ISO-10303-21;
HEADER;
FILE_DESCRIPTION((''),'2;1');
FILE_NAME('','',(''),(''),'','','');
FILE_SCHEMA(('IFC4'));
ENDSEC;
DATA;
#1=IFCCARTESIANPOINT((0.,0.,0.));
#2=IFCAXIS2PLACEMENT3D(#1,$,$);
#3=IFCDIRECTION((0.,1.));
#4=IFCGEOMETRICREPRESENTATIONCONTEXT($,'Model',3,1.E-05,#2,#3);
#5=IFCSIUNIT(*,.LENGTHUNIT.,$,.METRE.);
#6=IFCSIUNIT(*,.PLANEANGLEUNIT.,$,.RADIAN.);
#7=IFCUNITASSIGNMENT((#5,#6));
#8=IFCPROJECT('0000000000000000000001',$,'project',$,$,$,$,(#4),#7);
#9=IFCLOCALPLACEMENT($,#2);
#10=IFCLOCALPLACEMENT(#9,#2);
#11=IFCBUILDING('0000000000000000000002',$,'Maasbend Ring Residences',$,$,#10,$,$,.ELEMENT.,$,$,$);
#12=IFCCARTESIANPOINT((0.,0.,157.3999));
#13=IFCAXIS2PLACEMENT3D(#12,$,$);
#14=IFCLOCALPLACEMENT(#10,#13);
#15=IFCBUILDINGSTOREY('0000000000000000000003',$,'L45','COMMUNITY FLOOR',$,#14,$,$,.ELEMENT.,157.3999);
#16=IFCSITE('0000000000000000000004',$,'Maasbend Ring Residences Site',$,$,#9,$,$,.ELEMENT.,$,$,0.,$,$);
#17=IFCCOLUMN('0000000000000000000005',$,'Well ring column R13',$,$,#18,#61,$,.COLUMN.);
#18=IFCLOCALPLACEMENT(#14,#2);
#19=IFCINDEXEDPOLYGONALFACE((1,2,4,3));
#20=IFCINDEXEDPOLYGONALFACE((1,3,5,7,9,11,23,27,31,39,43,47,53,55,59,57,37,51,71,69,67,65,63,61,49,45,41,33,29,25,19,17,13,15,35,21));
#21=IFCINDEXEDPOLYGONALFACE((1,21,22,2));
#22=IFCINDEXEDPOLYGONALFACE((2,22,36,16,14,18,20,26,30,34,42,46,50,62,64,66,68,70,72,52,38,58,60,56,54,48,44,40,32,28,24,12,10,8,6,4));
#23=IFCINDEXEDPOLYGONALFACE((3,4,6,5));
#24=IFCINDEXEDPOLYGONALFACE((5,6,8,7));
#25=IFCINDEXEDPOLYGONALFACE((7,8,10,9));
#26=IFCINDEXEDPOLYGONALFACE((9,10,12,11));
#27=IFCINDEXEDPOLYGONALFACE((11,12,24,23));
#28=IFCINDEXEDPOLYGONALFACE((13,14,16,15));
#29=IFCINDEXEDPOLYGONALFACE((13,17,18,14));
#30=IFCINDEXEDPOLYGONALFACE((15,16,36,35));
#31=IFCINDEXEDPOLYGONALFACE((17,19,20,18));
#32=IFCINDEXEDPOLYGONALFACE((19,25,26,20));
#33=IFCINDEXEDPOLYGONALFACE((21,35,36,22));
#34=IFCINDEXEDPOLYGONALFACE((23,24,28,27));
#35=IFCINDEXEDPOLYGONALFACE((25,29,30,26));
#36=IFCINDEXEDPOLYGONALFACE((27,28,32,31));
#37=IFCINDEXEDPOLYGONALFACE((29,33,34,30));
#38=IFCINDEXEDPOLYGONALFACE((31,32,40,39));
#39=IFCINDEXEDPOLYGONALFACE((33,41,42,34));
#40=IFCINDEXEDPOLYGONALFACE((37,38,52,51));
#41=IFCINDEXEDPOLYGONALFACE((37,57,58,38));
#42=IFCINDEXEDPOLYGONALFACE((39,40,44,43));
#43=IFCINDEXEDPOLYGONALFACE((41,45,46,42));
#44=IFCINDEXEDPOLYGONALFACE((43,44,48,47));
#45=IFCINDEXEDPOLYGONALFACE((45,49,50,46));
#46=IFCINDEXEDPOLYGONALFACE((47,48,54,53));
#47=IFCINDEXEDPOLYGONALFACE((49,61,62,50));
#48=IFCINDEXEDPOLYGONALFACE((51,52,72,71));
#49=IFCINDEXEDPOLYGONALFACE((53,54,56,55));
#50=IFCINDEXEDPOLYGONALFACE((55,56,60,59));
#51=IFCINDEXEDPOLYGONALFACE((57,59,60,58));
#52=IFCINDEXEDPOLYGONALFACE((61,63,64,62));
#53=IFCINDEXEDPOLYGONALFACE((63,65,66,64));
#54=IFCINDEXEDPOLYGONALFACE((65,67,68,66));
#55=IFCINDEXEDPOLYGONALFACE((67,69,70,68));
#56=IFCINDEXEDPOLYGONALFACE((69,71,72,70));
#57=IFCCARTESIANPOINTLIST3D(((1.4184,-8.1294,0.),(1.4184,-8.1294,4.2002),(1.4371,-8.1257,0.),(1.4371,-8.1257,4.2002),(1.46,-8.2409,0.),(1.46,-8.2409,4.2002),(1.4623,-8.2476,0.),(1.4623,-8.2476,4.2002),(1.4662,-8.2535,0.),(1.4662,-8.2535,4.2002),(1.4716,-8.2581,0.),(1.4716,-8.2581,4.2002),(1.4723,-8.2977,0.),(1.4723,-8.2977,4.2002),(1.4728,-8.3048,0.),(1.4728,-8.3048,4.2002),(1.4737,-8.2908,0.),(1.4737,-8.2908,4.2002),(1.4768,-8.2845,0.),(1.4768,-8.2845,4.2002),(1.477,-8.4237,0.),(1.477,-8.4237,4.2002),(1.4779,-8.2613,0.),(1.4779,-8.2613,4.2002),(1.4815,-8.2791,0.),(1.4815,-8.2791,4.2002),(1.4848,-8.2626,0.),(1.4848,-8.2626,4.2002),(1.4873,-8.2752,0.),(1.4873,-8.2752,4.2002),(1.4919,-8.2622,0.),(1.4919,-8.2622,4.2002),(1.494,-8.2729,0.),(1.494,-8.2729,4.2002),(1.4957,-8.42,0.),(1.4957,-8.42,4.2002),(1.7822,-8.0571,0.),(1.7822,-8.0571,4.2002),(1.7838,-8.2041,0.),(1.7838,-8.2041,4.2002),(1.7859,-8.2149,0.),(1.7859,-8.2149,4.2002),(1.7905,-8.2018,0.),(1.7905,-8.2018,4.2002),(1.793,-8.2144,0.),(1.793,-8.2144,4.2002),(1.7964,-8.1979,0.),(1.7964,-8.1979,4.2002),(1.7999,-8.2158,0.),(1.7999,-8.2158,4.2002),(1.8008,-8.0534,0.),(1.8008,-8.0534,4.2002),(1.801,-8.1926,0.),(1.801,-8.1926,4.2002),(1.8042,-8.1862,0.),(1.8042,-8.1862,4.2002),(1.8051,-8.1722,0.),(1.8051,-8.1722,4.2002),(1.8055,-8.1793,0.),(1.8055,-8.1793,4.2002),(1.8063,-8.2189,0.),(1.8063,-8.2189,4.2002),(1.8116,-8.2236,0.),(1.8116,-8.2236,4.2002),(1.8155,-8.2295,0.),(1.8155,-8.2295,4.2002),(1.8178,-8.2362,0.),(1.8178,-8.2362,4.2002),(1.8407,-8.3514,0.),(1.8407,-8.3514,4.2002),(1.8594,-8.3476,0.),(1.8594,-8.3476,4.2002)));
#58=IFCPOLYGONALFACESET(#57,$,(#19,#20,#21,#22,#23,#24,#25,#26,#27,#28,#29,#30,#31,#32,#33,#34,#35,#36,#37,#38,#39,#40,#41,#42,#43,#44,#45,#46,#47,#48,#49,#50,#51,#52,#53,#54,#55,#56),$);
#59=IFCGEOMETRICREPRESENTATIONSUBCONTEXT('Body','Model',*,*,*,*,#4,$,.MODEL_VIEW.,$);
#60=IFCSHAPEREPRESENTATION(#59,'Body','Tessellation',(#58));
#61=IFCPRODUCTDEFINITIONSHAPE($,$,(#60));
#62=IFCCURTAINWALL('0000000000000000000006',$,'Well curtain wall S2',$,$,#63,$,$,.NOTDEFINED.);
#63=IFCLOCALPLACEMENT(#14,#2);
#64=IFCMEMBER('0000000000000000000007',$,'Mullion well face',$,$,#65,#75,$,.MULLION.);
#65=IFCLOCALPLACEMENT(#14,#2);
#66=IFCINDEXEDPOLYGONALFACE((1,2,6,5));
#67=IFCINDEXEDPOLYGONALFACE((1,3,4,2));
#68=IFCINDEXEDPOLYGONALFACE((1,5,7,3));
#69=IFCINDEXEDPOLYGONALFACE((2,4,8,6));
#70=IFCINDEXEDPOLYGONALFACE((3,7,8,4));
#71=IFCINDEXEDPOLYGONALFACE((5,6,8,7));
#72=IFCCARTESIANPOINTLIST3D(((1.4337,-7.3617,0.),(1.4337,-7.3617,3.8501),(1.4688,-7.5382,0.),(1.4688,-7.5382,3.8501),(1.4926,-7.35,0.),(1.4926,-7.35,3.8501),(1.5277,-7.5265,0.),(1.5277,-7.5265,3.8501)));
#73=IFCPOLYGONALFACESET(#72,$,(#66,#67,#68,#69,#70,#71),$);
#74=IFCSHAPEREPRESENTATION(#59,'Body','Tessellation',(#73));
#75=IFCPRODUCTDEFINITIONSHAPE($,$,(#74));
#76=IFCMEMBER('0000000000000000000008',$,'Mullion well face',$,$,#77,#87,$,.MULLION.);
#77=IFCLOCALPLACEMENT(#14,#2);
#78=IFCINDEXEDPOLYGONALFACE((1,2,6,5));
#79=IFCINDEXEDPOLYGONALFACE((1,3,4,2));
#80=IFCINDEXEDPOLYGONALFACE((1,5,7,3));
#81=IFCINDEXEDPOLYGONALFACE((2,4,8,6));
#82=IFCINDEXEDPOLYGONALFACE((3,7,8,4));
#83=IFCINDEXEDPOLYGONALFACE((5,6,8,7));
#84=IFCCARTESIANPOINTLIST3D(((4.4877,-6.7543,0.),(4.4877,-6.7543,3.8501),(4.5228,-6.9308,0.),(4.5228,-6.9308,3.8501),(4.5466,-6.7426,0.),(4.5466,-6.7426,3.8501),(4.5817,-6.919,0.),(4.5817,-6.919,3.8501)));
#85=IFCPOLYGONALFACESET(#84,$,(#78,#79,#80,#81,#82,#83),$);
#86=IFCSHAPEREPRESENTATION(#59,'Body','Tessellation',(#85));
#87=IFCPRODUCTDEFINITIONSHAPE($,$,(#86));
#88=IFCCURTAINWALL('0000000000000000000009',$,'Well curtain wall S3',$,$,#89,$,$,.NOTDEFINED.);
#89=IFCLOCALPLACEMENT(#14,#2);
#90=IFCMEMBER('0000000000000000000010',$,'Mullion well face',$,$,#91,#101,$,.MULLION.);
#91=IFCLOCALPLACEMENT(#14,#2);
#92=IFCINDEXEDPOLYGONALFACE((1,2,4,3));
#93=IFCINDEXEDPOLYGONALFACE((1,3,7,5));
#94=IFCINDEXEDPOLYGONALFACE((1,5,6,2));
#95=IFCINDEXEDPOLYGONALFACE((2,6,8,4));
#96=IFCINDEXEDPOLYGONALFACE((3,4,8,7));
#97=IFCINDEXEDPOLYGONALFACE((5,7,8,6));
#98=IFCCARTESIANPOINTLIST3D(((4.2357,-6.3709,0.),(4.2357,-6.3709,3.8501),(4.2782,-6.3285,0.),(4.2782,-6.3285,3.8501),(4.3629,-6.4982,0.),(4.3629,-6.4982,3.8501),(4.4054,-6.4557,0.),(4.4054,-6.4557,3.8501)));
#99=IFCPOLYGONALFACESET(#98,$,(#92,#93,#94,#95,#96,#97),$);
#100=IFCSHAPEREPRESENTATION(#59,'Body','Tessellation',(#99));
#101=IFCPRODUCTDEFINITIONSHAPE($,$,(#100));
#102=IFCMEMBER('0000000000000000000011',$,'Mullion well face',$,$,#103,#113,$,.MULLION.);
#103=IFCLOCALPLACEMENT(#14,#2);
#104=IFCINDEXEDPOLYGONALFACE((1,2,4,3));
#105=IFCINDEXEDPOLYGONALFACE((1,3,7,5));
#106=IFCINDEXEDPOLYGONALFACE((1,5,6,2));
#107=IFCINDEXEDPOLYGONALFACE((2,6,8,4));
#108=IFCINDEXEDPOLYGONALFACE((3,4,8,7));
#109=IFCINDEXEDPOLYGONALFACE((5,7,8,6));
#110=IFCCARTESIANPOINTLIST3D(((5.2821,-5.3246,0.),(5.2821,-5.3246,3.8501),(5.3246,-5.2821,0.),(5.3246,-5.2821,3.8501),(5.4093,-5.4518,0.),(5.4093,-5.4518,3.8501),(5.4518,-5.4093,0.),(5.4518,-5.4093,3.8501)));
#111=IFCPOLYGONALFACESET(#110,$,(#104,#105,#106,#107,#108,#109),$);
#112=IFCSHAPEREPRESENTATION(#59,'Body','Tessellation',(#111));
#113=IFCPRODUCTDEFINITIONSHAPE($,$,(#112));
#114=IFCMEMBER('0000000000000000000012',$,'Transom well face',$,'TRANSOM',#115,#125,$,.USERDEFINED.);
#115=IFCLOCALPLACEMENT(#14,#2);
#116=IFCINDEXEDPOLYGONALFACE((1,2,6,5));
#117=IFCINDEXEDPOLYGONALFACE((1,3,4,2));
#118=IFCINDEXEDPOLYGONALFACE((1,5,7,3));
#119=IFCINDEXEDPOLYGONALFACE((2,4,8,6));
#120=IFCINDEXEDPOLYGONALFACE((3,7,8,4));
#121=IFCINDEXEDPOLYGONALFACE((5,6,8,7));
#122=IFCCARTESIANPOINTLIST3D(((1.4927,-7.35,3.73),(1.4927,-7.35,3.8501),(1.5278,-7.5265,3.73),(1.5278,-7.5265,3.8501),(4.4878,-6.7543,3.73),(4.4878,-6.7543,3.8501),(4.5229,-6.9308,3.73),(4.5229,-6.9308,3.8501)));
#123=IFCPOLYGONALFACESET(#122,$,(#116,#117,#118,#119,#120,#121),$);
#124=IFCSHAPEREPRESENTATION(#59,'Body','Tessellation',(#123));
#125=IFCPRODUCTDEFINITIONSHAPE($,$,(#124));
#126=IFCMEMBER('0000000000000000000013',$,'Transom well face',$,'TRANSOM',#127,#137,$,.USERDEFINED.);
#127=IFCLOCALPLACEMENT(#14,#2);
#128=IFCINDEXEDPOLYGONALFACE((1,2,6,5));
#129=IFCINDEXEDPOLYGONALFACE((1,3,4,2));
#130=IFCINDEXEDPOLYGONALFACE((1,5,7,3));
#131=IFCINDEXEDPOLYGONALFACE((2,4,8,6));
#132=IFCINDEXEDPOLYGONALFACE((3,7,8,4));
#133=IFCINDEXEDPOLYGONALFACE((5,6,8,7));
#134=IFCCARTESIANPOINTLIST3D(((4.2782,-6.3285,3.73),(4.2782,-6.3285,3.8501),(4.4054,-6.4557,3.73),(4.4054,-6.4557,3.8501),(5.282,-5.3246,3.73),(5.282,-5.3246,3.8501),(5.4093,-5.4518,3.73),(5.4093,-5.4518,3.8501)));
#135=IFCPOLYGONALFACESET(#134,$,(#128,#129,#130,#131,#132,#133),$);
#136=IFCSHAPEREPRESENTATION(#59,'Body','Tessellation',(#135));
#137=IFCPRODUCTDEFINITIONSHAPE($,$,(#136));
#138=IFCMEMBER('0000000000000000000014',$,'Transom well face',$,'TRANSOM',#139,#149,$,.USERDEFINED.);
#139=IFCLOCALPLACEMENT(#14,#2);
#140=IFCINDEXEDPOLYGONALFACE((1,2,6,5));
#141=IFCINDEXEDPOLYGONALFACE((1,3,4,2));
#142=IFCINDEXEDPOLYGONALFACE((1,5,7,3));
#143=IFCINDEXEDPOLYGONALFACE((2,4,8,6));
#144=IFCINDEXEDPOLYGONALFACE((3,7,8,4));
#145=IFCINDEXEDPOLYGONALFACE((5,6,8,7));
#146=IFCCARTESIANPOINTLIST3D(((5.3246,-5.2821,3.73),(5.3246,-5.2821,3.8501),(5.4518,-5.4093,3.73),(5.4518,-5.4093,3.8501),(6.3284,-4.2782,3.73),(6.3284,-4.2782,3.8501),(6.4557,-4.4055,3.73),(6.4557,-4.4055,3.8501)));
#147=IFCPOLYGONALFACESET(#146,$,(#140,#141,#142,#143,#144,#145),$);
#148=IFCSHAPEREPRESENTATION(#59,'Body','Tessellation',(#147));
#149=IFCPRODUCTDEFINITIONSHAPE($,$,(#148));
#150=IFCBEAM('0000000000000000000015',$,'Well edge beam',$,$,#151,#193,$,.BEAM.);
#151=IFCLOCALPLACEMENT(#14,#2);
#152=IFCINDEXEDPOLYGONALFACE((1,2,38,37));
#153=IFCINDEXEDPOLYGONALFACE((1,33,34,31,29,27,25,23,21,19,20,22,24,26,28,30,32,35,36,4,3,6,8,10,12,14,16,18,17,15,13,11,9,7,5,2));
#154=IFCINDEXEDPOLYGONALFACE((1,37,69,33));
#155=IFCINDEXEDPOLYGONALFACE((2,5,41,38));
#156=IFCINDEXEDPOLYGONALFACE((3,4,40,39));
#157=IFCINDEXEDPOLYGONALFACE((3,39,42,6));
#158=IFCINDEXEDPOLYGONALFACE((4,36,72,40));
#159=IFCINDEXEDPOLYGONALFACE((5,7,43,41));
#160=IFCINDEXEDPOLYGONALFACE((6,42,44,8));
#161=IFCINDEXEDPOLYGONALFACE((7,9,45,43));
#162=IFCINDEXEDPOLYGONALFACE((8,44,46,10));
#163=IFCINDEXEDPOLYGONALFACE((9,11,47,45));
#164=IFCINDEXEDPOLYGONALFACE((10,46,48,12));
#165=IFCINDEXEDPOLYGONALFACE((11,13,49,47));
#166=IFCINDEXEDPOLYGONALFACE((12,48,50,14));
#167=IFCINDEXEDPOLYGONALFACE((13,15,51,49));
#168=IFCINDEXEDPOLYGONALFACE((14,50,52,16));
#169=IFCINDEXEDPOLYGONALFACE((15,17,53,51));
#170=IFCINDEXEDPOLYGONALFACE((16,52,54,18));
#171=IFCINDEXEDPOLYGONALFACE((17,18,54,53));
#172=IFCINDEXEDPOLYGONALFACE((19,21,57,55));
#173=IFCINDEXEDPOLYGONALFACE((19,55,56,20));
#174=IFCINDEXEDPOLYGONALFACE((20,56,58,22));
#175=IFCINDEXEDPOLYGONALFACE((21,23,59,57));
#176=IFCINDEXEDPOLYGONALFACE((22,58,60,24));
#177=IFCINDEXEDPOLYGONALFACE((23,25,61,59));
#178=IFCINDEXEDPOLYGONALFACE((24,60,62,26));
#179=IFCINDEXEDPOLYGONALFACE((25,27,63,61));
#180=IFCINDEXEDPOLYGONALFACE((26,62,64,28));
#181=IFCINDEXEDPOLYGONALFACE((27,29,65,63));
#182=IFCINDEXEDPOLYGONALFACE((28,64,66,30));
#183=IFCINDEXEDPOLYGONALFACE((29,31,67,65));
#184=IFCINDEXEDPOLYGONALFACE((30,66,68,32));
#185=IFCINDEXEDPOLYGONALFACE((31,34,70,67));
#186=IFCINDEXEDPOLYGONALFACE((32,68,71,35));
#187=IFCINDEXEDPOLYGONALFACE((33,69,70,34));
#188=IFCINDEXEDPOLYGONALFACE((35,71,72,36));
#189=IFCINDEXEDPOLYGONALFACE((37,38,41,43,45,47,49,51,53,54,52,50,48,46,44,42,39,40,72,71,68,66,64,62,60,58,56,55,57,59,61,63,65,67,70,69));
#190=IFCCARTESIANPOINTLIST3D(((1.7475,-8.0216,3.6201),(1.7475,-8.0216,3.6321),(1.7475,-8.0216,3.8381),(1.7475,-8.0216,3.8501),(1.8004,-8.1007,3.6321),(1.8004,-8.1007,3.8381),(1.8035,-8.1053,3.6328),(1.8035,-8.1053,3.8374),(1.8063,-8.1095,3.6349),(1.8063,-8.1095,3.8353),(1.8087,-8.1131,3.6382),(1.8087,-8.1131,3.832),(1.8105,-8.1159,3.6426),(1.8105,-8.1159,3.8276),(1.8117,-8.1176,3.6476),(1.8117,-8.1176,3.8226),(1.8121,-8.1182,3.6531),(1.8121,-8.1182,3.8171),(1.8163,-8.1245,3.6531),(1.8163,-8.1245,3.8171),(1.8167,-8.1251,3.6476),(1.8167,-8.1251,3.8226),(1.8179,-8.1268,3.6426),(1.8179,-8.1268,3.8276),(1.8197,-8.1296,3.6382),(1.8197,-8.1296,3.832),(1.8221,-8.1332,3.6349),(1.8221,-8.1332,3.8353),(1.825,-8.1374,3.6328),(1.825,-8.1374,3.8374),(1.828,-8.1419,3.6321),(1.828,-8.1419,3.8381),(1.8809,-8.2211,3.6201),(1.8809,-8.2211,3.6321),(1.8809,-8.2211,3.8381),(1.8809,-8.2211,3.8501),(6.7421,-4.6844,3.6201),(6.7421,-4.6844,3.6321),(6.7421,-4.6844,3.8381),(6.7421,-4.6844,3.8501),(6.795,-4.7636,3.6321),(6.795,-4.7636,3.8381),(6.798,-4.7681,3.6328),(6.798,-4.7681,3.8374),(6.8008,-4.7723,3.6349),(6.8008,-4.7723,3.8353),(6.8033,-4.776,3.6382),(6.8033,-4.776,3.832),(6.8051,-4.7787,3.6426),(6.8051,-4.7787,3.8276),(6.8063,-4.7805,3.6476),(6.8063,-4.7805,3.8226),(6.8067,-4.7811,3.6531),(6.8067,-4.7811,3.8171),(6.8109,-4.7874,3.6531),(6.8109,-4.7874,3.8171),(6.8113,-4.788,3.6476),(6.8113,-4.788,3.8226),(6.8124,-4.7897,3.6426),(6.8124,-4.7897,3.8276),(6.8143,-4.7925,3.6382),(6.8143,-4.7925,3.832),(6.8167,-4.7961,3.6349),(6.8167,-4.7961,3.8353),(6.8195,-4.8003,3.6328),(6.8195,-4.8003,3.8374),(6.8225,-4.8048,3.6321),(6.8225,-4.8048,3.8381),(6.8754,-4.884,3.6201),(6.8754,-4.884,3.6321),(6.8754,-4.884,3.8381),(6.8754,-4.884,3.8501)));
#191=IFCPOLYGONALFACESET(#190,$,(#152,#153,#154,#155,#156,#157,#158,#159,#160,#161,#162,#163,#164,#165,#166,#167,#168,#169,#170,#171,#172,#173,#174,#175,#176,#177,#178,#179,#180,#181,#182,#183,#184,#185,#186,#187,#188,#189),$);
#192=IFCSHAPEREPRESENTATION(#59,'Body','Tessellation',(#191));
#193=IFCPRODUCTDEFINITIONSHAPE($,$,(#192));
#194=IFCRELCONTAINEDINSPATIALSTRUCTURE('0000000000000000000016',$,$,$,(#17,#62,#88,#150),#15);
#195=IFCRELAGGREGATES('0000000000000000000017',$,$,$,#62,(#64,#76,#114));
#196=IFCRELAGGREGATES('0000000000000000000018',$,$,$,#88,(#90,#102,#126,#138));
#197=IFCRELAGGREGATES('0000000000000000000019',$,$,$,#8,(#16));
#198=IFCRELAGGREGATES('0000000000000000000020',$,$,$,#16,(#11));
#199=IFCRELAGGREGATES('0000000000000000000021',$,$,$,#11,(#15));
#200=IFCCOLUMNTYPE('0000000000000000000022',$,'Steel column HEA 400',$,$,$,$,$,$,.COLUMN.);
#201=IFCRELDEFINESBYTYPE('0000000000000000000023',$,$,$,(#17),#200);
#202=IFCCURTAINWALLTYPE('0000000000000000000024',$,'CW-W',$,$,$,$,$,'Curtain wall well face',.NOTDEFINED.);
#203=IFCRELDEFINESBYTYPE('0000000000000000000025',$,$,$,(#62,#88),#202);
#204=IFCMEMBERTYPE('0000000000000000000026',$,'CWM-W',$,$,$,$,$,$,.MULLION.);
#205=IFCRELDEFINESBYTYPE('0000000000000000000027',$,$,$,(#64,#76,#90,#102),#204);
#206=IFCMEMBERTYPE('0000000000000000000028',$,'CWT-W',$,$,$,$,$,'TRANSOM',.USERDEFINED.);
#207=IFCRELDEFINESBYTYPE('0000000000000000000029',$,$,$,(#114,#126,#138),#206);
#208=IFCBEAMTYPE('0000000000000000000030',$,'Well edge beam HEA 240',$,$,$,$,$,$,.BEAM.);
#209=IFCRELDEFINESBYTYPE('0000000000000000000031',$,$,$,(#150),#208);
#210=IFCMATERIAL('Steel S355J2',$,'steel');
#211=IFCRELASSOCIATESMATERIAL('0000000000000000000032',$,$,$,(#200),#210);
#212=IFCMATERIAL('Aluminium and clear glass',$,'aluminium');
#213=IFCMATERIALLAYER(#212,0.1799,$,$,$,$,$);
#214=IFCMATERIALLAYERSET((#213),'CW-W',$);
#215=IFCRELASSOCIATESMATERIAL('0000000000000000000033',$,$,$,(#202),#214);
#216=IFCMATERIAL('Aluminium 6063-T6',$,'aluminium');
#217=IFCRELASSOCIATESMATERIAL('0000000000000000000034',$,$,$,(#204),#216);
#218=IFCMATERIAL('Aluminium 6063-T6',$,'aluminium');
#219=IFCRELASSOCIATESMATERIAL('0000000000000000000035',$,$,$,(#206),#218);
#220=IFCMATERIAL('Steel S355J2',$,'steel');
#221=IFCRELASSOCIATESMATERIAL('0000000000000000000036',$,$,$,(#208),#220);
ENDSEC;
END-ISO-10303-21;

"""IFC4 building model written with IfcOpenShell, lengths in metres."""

from ifc_helpers import new_model, si_unit, direction, frame, origin, origin_2d, place, context, subcontext, project, spatial, rectangle, i_section, extrude, material, layer, layer_set, material_profile, profile_set, type_object, element, aggregate, save


model = new_model("IFC4")

# Units and contexts
model_context = context("Model", 3, precision=1e-05, world=origin(), true_north=direction((0.0, 1.0)))
body_context = subcontext(model_context, "Body", "Model", "MODEL_VIEW")
ifc_project = project(units=[si_unit("LENGTHUNIT", "METRE"), si_unit("PLANEANGLEUNIT", "RADIAN")], contexts=[model_context])

# Site, building, storey
site_placement = place(None, origin())
site = spatial("IfcSite", under=ifc_project, at=site_placement, Name="Maasbend Ring Residences Site", CompositionType="ELEMENT", RefElevation=0.0)
building_placement = place(site_placement, origin())
building = spatial("IfcBuilding", under=site, at=building_placement, Name="Maasbend Ring Residences", CompositionType="ELEMENT")
storey_placement = place(building_placement, frame((0.0, 0.0, 157.3999)))
storey = spatial("IfcBuildingStorey", under=building, at=storey_placement, Name="L45", Description="COMMUNITY FLOOR", CompositionType="ELEMENT", Elevation=157.3999)

# Column
ifc_material_1 = material(Name="Steel S355J2", Category="steel")
ifc_material_profile_1 = material_profile(ifc_material_1, i_section(OverallWidth=0.3, OverallDepth=0.3899, WebThickness=0.011, FlangeThickness=0.019, FilletRadius=0.0271, at=origin_2d()), Name="HEA 400")
ifc_profile_set_1 = profile_set([ifc_material_profile_1], Name="Steel S355J2")
column_type = type_object("IfcColumnType", Name="Steel column HEA 400", PredefinedType="COLUMN", material=ifc_profile_set_1)
column_placement = place(storey_placement, frame((1.6389, -8.2385, 0.0), z_axis=(0.0, 0.0, 1.0), x_axis=(0.19509, -0.980785, 0.0)))
element("IfcColumn", 1, at=column_placement, inside=storey, type_object=column_type, Name="Well ring column R13", PredefinedType="COLUMN", context=body_context, shape_type="SweptSolid", body=[
    extrude(i_section(OverallWidth=0.3, OverallDepth=0.3899, WebThickness=0.011, FlangeThickness=0.019, FilletRadius=0.0271, at=origin_2d()), origin(), (0.0, 0.0, 1.0), 4.2002),
])

# Curtain walls, members
ifc_material_2 = material(Name="Aluminium and clear glass", Category="aluminium")
ifc_layer_1 = layer(ifc_material_2, 0.1799)
ifc_layer_set_1 = layer_set([ifc_layer_1], Name="CW-W")
curtain_wall_type = type_object("IfcCurtainWallType", Name="CW-W", ElementType="Curtain wall well face", PredefinedType="NOTDEFINED", material=ifc_layer_set_1)
curtain_wall_1_placement = place(storey_placement, origin())
curtain_wall_1 = element("IfcCurtainWall", 2, at=curtain_wall_1_placement, inside=storey, type_object=curtain_wall_type, Name="Well curtain wall S2", PredefinedType="NOTDEFINED")
ifc_material_3 = material(Name="Aluminium 6063-T6", Category="aluminium")
ifc_material_profile_2 = material_profile(ifc_material_3, rectangle(XDim=0.1799, YDim=0.0601, at=origin_2d()), Name="AL 180x60")
ifc_profile_set_2 = profile_set([ifc_material_profile_2], Name="Aluminium 6063-T6")
member_type_1 = type_object("IfcMemberType", Name="CWM-W", PredefinedType="MULLION", material=ifc_profile_set_2)
member_1_placement = place(storey_placement, frame((1.4807, -7.4441, 0.0), z_axis=(0.0, 0.0, 1.0), x_axis=(-0.19509, 0.980785, 0.0)))
member_1 = element("IfcMember", 3, at=member_1_placement, type_object=member_type_1, Name="Mullion well face", PredefinedType="MULLION", context=body_context, shape_type="SweptSolid", body=[
    extrude(rectangle(XDim=0.1799, YDim=0.0601, at=origin_2d()), origin(), (0.0, 0.0, 1.0), 3.8501),
])
member_2_placement = place(storey_placement, frame((4.5347, -6.8367, 0.0), z_axis=(0.0, 0.0, 1.0), x_axis=(-0.19509, 0.980785, 0.0)))
member_2 = element("IfcMember", 4, at=member_2_placement, type_object=member_type_1, Name="Mullion well face", PredefinedType="MULLION", context=body_context, shape_type="SweptSolid", body=[
    extrude(rectangle(XDim=0.1799, YDim=0.0601, at=origin_2d()), origin(), (0.0, 0.0, 1.0), 3.8501),
])
curtain_wall_2_placement = place(storey_placement, origin())
curtain_wall_2 = element("IfcCurtainWall", 5, at=curtain_wall_2_placement, inside=storey, type_object=curtain_wall_type, Name="Well curtain wall S3", PredefinedType="NOTDEFINED")
member_3_placement = place(storey_placement, frame((4.3206, -6.4133, 0.0), z_axis=(0.0, 0.0, 1.0), x_axis=(-0.707107, 0.707107, 0.0)))
member_3 = element("IfcMember", 6, at=member_3_placement, type_object=member_type_1, Name="Mullion well face", PredefinedType="MULLION", context=body_context, shape_type="SweptSolid", body=[
    extrude(rectangle(XDim=0.1799, YDim=0.0601, at=origin_2d()), origin(), (0.0, 0.0, 1.0), 3.8501),
])
member_4_placement = place(storey_placement, frame((5.3669, -5.3669, 0.0), z_axis=(0.0, 0.0, 1.0), x_axis=(-0.707107, 0.707107, 0.0)))
member_4 = element("IfcMember", 7, at=member_4_placement, type_object=member_type_1, Name="Mullion well face", PredefinedType="MULLION", context=body_context, shape_type="SweptSolid", body=[
    extrude(rectangle(XDim=0.1799, YDim=0.0601, at=origin_2d()), origin(), (0.0, 0.0, 1.0), 3.8501),
])

# Members
ifc_material_4 = material(Name="Aluminium 6063-T6", Category="aluminium")
ifc_material_profile_3 = material_profile(ifc_material_4, rectangle(XDim=0.1799, YDim=0.1201, at=origin_2d()), Name="AL 180x120")
ifc_profile_set_3 = profile_set([ifc_material_profile_3], Name="Aluminium 6063-T6")
member_type_2 = type_object("IfcMemberType", Name="CWT-W", ElementType="TRANSOM", PredefinedType="USERDEFINED", material=ifc_profile_set_3)
member_5_placement = place(storey_placement, frame((1.5103, -7.4382, 3.79), z_axis=(0.980789, 0.195071, 0.0), x_axis=(-0.195071, 0.980789, 0.0)))
member_5 = element("IfcMember", 8, at=member_5_placement, type_object=member_type_2, Name="Transom well face", ObjectType="TRANSOM", PredefinedType="USERDEFINED", context=body_context, shape_type="SweptSolid", body=[
    extrude(rectangle(XDim=0.1799, YDim=0.1201, at=origin_2d()), origin(), (0.0, 0.0, 1.0), 3.0537),
])
member_6_placement = place(storey_placement, frame((4.3418, -6.3921, 3.79), z_axis=(0.707107, 0.707107, 0.0), x_axis=(-0.707107, 0.707107, 0.0)))
member_6 = element("IfcMember", 9, at=member_6_placement, type_object=member_type_2, Name="Transom well face", ObjectType="TRANSOM", PredefinedType="USERDEFINED", context=body_context, shape_type="SweptSolid", body=[
    extrude(rectangle(XDim=0.1799, YDim=0.1201, at=origin_2d()), origin(), (0.0, 0.0, 1.0), 1.4197),
])
member_7_placement = place(storey_placement, frame((5.3882, -5.3457, 3.79), z_axis=(0.707107, 0.707107, 0.0), x_axis=(-0.707107, 0.707107, 0.0)))
member_7 = element("IfcMember", 10, at=member_7_placement, type_object=member_type_2, Name="Transom well face", ObjectType="TRANSOM", PredefinedType="USERDEFINED", context=body_context, shape_type="SweptSolid", body=[
    extrude(rectangle(XDim=0.1799, YDim=0.1201, at=origin_2d()), origin(), (0.0, 0.0, 1.0), 1.4197),
])

# Beam
ifc_material_5 = material(Name="Steel S355J2", Category="steel")
ifc_material_profile_4 = material_profile(ifc_material_5, i_section(OverallWidth=0.24, OverallDepth=0.23, WebThickness=0.0076, FlangeThickness=0.012, FilletRadius=0.021, at=origin_2d()), Name="HEA 240")
ifc_profile_set_4 = profile_set([ifc_material_profile_4], Name="Steel S355J2")
beam_type = type_object("IfcBeamType", Name="Well edge beam HEA 240", PredefinedType="BEAM", material=ifc_profile_set_4)
beam_placement = place(storey_placement, frame((1.8142, -8.1213, 3.7351), z_axis=(0.831481, 0.555553, 0.0), x_axis=(-0.555553, 0.831481, 0.0)))
element("IfcBeam", 11, at=beam_placement, inside=storey, type_object=beam_type, Name="Well edge beam", PredefinedType="BEAM", context=body_context, shape_type="SweptSolid", body=[
    extrude(i_section(OverallWidth=0.24, OverallDepth=0.23, WebThickness=0.0076, FlangeThickness=0.012, FilletRadius=0.021, at=origin_2d()), origin(), (0.0, 0.0, 1.0), 6.0068),
])

aggregate(curtain_wall_1, [member_1, member_2, member_5])
aggregate(curtain_wall_2, [member_3, member_4, member_6, member_7])

save(model, "model.ifc")
